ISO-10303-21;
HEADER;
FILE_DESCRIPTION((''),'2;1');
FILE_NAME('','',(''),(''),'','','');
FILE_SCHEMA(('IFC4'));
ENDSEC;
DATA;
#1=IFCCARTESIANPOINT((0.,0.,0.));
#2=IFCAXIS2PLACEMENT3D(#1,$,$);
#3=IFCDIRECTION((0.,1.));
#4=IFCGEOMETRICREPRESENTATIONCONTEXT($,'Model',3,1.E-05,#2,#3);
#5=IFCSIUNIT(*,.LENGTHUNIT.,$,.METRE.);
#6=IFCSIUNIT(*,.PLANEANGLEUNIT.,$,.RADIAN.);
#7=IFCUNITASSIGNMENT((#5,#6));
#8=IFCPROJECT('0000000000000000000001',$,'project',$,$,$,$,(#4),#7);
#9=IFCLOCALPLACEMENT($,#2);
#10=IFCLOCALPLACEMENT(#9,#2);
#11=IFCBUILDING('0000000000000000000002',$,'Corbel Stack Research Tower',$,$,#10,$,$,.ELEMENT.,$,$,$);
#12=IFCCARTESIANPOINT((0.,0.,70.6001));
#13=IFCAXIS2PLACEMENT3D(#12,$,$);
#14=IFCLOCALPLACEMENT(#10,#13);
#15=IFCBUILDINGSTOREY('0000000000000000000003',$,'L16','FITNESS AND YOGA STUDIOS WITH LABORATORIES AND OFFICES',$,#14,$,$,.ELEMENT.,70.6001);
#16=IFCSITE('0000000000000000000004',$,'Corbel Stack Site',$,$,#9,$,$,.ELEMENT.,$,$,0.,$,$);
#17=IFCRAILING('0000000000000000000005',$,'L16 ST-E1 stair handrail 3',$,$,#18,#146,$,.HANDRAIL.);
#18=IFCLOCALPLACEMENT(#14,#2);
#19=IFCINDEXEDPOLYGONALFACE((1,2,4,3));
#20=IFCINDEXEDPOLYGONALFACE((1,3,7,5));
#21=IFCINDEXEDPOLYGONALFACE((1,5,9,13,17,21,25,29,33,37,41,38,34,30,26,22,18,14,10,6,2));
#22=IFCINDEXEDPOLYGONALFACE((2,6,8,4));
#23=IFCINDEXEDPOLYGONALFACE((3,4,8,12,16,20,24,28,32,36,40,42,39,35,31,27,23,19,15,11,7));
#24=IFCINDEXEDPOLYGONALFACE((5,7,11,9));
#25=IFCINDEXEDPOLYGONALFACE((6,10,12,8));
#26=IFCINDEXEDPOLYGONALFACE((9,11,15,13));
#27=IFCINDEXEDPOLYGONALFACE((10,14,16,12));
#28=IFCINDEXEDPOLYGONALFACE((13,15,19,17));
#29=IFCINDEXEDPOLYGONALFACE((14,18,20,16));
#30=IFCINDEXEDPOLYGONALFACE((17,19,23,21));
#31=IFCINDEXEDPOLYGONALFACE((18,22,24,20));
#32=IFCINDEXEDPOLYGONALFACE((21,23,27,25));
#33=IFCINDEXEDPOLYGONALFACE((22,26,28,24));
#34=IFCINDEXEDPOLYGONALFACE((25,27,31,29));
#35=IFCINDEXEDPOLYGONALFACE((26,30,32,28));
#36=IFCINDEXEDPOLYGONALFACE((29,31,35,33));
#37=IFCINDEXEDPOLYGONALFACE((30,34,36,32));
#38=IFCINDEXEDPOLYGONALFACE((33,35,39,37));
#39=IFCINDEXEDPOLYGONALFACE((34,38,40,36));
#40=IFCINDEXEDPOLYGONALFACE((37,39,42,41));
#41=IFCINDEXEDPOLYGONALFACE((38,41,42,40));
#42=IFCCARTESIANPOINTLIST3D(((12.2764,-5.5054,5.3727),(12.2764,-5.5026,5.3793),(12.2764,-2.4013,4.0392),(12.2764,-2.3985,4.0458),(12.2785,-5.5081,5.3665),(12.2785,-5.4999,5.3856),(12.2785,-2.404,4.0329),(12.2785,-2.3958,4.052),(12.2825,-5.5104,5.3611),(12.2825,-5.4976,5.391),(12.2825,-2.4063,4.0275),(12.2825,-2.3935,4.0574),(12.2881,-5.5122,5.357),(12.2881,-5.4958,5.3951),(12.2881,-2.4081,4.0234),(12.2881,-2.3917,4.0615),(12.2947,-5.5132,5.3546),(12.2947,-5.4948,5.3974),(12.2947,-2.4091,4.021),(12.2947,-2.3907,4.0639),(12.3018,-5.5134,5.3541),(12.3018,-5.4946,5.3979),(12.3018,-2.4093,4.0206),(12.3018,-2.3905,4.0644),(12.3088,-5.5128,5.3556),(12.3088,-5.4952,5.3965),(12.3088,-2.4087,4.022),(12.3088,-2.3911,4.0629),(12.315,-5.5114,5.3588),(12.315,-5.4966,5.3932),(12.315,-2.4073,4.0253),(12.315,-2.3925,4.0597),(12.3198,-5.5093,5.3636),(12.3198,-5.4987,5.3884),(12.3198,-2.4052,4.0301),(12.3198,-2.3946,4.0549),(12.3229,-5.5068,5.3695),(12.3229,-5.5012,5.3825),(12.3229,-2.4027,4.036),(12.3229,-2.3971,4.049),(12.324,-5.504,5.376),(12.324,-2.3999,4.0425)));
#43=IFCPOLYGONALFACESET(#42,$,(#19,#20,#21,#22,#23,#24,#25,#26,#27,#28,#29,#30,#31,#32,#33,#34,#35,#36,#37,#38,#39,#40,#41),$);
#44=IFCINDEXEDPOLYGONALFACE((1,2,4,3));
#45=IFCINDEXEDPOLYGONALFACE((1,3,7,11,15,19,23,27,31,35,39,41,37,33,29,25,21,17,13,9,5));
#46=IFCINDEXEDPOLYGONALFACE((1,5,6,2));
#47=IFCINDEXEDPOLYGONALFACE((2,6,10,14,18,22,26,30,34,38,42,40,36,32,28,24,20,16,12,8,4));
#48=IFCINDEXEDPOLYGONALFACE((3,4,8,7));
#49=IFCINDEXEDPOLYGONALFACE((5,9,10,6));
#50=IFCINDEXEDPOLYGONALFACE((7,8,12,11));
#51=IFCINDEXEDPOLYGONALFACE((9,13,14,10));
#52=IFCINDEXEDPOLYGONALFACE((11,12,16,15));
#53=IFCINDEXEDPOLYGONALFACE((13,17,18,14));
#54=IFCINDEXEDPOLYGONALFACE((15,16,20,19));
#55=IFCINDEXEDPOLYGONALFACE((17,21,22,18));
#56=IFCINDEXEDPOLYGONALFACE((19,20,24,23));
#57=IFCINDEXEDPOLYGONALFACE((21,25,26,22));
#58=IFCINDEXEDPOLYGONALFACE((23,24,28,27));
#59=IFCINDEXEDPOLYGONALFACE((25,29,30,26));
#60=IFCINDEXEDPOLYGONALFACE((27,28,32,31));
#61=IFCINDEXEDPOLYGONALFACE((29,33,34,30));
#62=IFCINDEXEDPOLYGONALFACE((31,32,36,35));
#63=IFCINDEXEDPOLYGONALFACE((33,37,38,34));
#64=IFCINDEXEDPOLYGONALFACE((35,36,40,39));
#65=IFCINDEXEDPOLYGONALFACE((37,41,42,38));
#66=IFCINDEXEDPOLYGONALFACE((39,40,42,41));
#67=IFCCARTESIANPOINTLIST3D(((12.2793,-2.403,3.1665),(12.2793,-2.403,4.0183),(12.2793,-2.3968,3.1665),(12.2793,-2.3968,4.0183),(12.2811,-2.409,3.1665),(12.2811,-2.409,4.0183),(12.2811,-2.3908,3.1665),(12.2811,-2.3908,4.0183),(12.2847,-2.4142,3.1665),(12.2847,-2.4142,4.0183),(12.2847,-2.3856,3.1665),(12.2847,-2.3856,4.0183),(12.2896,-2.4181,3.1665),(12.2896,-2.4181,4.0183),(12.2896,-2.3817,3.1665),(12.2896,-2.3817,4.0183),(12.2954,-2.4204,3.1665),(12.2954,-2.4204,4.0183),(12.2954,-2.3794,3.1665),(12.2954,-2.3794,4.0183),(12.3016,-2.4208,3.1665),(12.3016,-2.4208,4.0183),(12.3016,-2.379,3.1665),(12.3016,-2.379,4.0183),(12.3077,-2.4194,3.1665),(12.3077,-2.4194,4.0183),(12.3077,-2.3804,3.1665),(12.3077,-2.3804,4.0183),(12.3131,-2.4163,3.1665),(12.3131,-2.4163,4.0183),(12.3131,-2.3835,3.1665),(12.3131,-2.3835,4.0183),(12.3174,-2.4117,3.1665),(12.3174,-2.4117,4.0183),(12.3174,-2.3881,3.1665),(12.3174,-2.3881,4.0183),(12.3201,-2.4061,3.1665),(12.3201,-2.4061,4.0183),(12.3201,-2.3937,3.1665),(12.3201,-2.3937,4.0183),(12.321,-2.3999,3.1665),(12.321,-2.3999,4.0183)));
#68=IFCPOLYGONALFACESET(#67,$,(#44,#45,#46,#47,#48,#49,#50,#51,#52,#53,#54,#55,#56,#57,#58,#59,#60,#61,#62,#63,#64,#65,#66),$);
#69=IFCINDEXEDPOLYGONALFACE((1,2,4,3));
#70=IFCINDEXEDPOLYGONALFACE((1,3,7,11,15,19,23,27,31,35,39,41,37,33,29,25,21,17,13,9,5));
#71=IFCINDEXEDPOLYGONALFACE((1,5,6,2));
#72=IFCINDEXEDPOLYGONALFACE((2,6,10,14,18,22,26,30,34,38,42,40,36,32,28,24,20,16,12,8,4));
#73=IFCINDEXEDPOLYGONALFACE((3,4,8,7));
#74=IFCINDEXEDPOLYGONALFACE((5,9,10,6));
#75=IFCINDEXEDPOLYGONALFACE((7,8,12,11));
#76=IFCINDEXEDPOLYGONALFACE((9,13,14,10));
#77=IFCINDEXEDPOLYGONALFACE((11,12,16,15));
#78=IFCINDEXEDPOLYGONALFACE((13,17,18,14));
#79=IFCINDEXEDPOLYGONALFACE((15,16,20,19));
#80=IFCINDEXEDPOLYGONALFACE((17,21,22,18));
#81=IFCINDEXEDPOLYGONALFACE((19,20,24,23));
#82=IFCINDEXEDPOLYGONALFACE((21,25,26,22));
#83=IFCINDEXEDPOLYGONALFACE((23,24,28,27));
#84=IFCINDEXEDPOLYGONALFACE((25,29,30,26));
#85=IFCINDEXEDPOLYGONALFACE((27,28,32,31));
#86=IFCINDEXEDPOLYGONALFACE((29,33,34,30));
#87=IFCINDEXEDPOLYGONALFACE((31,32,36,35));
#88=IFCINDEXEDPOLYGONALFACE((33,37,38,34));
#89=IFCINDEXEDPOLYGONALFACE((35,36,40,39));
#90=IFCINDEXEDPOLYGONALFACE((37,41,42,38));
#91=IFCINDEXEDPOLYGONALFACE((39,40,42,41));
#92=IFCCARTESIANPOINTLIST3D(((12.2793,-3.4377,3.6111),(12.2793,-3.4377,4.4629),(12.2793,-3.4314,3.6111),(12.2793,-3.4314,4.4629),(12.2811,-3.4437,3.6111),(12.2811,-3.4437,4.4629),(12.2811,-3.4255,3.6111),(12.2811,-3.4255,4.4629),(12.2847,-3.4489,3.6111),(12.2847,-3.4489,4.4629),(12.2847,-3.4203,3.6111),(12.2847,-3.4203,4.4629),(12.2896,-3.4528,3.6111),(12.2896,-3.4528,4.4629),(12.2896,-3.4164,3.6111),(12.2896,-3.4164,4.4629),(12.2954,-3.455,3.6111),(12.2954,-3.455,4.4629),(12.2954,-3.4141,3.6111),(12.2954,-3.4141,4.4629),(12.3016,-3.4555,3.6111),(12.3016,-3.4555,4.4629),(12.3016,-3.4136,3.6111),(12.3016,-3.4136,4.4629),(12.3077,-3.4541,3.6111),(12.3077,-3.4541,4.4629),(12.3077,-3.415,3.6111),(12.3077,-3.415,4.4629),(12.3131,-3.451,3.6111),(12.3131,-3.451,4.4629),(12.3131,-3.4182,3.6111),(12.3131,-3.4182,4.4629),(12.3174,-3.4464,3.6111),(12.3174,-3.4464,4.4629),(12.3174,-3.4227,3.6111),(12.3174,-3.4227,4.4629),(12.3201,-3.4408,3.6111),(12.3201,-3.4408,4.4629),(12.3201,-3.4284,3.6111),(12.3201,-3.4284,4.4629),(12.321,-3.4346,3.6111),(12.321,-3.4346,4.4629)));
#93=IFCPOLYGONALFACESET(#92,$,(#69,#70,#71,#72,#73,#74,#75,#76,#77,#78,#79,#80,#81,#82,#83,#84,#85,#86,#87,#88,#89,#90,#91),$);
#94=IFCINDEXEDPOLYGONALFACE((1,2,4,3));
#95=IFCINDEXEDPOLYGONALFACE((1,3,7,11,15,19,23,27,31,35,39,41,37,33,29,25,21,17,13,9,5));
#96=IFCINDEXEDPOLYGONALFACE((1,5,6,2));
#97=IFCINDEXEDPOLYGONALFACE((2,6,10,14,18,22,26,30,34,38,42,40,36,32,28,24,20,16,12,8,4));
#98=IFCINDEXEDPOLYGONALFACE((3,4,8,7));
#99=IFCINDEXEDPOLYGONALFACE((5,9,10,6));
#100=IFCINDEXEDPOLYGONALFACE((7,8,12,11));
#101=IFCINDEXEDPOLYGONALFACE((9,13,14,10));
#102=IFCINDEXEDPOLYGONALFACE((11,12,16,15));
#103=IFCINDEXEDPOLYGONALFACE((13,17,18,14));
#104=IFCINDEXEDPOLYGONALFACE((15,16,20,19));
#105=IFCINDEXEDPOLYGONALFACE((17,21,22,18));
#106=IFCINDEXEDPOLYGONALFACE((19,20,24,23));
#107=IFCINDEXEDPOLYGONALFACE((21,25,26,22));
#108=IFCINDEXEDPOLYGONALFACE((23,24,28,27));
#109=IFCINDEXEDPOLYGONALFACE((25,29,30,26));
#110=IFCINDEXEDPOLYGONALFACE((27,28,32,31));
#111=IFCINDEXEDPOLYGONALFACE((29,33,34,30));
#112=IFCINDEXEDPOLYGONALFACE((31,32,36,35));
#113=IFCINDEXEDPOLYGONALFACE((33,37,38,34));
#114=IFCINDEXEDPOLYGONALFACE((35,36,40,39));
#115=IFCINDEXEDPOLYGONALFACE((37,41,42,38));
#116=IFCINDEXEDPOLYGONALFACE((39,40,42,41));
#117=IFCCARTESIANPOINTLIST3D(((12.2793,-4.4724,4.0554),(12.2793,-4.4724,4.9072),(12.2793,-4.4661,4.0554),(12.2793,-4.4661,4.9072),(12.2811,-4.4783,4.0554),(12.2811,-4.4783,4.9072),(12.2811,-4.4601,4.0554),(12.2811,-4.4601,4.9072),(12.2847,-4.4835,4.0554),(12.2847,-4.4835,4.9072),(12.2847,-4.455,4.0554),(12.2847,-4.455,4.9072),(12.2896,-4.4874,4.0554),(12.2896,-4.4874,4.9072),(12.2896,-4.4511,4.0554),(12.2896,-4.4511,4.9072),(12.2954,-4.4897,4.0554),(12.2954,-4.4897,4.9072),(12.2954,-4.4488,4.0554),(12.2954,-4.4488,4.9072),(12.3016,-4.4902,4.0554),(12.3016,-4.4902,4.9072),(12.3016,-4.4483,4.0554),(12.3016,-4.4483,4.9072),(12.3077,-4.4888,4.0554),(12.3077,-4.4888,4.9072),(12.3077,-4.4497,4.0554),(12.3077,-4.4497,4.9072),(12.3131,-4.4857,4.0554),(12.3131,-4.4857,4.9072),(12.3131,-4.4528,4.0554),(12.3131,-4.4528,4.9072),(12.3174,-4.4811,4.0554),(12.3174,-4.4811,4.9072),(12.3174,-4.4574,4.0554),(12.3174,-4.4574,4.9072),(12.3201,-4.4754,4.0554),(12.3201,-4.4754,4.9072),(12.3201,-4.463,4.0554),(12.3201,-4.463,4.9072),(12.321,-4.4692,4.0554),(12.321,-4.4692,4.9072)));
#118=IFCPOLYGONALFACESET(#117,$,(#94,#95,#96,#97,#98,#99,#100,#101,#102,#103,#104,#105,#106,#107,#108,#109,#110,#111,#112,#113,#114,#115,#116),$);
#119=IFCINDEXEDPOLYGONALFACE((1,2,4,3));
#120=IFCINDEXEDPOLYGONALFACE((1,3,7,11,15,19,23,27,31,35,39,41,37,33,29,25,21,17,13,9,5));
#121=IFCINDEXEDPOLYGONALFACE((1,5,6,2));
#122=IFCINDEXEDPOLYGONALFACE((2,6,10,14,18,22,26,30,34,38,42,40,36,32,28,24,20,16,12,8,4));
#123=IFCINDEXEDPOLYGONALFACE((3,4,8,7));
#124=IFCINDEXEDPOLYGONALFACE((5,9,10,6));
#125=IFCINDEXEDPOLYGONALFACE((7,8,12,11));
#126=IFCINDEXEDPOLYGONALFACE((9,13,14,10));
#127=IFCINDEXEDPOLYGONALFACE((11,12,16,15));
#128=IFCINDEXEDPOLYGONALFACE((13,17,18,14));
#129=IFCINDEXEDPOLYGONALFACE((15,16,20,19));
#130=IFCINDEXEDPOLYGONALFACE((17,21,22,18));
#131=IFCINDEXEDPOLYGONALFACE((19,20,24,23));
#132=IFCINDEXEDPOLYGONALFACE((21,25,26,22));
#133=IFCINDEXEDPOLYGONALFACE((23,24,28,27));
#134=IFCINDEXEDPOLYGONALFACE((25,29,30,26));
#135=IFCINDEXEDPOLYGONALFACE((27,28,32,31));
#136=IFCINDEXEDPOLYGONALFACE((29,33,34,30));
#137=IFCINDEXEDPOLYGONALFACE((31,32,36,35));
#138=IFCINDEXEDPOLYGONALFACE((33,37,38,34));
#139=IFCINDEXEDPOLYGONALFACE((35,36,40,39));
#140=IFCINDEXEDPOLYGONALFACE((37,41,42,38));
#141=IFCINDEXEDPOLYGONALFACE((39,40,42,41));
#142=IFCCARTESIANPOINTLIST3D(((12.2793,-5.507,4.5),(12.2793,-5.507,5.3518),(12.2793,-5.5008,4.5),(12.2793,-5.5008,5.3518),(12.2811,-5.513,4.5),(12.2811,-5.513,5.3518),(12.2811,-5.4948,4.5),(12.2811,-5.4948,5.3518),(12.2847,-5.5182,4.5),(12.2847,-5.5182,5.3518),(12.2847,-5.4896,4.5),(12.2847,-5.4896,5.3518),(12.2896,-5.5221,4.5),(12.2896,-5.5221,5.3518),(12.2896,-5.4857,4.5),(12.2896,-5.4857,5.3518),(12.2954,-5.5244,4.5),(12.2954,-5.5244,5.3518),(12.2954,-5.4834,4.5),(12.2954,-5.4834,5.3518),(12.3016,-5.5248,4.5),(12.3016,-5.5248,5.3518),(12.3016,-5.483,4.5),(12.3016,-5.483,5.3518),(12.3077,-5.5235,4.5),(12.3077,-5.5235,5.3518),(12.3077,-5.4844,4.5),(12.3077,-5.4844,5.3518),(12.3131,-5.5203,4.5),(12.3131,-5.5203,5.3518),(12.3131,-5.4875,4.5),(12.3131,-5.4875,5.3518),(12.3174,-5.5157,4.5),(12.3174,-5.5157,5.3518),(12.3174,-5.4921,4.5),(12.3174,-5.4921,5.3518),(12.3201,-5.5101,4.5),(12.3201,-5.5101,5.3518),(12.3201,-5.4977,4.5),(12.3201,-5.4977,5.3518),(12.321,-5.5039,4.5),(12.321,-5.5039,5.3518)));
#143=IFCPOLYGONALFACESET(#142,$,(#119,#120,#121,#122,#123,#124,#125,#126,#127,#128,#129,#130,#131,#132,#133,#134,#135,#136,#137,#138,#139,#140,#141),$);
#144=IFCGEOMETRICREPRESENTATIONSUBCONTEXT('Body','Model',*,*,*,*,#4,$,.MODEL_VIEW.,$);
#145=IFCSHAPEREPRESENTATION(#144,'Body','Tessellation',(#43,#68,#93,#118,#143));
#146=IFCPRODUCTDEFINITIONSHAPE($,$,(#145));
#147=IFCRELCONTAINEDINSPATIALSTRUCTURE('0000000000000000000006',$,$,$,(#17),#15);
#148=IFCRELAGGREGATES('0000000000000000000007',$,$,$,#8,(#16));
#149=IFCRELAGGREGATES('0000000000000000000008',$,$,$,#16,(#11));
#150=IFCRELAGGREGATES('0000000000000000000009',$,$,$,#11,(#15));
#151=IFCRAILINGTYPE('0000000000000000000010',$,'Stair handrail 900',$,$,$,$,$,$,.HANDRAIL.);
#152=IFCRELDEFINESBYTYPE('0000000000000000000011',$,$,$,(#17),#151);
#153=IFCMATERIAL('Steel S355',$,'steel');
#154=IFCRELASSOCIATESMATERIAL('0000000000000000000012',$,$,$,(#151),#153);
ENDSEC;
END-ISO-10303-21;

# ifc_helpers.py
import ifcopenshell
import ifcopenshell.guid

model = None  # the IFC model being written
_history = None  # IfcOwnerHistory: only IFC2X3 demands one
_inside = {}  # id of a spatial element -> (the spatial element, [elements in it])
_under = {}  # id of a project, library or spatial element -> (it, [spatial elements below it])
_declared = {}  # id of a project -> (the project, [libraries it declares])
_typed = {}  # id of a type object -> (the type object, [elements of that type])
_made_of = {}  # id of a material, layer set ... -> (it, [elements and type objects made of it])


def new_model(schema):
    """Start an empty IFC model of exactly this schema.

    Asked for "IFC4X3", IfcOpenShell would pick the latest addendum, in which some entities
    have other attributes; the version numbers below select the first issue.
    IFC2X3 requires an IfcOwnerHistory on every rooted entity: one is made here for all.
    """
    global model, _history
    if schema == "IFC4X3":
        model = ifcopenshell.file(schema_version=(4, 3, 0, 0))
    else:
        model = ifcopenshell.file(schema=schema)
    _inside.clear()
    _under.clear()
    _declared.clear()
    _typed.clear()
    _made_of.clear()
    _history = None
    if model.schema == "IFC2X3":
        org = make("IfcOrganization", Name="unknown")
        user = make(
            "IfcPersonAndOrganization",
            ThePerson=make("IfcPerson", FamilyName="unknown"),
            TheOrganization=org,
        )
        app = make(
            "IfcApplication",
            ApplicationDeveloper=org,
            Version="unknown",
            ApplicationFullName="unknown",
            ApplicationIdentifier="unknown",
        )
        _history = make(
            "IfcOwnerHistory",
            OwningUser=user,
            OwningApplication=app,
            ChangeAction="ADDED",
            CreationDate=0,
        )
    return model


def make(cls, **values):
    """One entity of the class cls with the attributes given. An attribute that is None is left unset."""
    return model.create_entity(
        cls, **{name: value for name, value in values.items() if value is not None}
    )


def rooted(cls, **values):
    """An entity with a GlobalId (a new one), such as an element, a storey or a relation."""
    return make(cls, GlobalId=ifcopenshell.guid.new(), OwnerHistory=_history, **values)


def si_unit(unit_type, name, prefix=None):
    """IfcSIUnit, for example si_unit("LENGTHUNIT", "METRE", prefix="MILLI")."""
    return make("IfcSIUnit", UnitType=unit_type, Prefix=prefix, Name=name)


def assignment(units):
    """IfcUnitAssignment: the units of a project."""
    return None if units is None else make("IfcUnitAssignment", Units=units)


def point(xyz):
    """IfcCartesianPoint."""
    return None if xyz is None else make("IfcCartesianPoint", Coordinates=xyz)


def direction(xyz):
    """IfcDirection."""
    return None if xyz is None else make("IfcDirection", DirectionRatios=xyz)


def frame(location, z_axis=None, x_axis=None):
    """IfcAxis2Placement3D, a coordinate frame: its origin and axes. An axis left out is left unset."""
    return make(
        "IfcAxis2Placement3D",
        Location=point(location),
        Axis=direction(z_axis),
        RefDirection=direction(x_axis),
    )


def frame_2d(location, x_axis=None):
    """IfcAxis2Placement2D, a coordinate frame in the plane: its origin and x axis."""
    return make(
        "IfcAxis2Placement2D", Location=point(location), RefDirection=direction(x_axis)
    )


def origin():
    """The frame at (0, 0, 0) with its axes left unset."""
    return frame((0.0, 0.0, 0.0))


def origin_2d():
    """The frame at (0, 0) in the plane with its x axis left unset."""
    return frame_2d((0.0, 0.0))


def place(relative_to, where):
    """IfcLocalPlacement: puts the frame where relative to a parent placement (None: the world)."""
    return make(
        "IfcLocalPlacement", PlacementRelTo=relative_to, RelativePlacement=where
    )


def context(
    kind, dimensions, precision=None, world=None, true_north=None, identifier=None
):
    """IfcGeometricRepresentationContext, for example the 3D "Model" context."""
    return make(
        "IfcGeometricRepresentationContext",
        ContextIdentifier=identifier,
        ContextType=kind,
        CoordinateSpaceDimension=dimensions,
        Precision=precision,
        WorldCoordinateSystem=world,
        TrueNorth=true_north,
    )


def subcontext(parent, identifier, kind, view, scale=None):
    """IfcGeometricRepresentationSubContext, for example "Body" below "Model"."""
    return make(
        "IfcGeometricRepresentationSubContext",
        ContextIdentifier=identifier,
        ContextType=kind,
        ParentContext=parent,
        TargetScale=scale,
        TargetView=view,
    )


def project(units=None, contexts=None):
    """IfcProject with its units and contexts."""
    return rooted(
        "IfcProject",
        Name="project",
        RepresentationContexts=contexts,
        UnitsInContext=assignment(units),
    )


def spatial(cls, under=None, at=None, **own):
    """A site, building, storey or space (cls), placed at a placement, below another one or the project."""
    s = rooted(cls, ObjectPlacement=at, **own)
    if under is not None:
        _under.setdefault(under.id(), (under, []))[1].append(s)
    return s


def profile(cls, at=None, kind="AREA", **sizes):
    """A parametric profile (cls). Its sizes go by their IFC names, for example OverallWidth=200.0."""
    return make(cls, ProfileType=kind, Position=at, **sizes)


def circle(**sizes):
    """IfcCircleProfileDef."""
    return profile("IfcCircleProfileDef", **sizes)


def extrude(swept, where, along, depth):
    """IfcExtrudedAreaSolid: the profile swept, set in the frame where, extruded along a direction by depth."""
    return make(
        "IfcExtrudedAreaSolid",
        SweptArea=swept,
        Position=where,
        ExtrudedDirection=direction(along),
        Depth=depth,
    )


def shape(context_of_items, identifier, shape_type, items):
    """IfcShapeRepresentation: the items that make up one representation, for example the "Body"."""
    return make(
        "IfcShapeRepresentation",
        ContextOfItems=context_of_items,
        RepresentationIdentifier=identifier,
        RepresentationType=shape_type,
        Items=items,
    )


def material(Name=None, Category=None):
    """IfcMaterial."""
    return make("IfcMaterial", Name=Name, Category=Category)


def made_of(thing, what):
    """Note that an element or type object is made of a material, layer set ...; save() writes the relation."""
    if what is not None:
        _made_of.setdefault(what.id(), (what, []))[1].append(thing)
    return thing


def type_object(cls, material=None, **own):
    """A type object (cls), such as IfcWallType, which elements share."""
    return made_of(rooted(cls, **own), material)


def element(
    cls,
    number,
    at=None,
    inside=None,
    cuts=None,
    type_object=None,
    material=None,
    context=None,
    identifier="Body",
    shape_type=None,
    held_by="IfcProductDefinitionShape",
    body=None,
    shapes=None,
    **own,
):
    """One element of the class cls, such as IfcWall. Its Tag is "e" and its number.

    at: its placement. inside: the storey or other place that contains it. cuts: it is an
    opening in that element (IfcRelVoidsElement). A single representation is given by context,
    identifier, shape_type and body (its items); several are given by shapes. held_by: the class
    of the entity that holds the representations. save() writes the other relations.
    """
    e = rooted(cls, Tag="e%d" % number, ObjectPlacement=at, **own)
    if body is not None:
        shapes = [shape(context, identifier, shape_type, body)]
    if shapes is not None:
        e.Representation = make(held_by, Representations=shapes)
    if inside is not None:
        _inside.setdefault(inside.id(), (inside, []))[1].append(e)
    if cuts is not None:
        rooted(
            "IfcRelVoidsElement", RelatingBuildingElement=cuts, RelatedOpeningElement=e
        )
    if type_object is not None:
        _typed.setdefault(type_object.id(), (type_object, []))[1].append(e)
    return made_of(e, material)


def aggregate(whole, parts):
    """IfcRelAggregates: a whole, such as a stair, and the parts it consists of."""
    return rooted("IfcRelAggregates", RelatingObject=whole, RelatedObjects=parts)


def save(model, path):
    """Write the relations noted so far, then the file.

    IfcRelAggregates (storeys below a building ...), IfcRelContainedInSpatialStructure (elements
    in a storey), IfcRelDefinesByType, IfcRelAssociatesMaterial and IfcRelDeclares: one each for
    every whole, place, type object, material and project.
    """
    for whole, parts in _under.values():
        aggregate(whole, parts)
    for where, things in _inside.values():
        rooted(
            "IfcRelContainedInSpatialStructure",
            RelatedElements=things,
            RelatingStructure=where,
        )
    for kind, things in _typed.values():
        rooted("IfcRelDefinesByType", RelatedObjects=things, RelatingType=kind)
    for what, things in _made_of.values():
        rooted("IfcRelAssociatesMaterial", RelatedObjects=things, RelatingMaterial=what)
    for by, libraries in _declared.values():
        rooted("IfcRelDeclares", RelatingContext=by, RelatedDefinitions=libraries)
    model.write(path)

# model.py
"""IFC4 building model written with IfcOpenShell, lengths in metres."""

from ifc_helpers import new_model, si_unit, direction, frame, origin, origin_2d, place, context, subcontext, project, spatial, circle, extrude, material, type_object, element, save


model = new_model("IFC4")

# Units and contexts
model_context = context("Model", 3, precision=1e-05, world=origin(), true_north=direction((0.0, 1.0)))
body_context = subcontext(model_context, "Body", "Model", "MODEL_VIEW")
ifc_project = project(units=[si_unit("LENGTHUNIT", "METRE"), si_unit("PLANEANGLEUNIT", "RADIAN")], contexts=[model_context])

# Site, building, storey
site_placement = place(None, origin())
site = spatial("IfcSite", under=ifc_project, at=site_placement, Name="Corbel Stack Site", CompositionType="ELEMENT", RefElevation=0.0)
building_placement = place(site_placement, origin())
building = spatial("IfcBuilding", under=site, at=building_placement, Name="Corbel Stack Research Tower", CompositionType="ELEMENT")
storey_placement = place(building_placement, frame((0.0, 0.0, 70.6001)))
storey = spatial("IfcBuildingStorey", under=building, at=storey_placement, Name="L16", Description="FITNESS AND YOGA STUDIOS WITH LABORATORIES AND OFFICES", CompositionType="ELEMENT", Elevation=70.6001)

# Railing
ifc_material_1 = material(Name="Steel S355", Category="steel")
railing_type_1 = type_object("IfcRailingType", Name="Stair handrail 900", PredefinedType="HANDRAIL", material=ifc_material_1)
for number, where, name in (
    (1, (12.3, -2.3999, 3.1665), "L16 ST-E1 stair handrail 3"),
):
    element("IfcRailing", number, at=place(storey_placement, frame(where)), inside=storey, type_object=railing_type_1, Name=name, PredefinedType="HANDRAIL", context=body_context, shape_type="SweptSolid", body=[
        extrude(circle(Radius=0.0239, at=origin_2d()), frame((0.0, 0.0, 0.876), z_axis=(0.0, -0.918801, 0.394722), x_axis=(1.0, 0.0, 0.0)), (0.0, 0.0, 1.0), 3.3784),
        extrude(circle(Radius=0.021, at=origin_2d()), origin(), (0.0, 0.0, 1.0), 0.8518),
        extrude(circle(Radius=0.021, at=origin_2d()), frame((0.0, -1.0347, 0.4446)), (0.0, 0.0, 1.0), 0.8518),
        extrude(circle(Radius=0.021, at=origin_2d()), frame((0.0, -2.0693, 0.8889)), (0.0, 0.0, 1.0), 0.8518),
        extrude(circle(Radius=0.021, at=origin_2d()), frame((0.0, -3.104, 1.3335)), (0.0, 0.0, 1.0), 0.8518),
    ])

save(model, "model.ifc")
